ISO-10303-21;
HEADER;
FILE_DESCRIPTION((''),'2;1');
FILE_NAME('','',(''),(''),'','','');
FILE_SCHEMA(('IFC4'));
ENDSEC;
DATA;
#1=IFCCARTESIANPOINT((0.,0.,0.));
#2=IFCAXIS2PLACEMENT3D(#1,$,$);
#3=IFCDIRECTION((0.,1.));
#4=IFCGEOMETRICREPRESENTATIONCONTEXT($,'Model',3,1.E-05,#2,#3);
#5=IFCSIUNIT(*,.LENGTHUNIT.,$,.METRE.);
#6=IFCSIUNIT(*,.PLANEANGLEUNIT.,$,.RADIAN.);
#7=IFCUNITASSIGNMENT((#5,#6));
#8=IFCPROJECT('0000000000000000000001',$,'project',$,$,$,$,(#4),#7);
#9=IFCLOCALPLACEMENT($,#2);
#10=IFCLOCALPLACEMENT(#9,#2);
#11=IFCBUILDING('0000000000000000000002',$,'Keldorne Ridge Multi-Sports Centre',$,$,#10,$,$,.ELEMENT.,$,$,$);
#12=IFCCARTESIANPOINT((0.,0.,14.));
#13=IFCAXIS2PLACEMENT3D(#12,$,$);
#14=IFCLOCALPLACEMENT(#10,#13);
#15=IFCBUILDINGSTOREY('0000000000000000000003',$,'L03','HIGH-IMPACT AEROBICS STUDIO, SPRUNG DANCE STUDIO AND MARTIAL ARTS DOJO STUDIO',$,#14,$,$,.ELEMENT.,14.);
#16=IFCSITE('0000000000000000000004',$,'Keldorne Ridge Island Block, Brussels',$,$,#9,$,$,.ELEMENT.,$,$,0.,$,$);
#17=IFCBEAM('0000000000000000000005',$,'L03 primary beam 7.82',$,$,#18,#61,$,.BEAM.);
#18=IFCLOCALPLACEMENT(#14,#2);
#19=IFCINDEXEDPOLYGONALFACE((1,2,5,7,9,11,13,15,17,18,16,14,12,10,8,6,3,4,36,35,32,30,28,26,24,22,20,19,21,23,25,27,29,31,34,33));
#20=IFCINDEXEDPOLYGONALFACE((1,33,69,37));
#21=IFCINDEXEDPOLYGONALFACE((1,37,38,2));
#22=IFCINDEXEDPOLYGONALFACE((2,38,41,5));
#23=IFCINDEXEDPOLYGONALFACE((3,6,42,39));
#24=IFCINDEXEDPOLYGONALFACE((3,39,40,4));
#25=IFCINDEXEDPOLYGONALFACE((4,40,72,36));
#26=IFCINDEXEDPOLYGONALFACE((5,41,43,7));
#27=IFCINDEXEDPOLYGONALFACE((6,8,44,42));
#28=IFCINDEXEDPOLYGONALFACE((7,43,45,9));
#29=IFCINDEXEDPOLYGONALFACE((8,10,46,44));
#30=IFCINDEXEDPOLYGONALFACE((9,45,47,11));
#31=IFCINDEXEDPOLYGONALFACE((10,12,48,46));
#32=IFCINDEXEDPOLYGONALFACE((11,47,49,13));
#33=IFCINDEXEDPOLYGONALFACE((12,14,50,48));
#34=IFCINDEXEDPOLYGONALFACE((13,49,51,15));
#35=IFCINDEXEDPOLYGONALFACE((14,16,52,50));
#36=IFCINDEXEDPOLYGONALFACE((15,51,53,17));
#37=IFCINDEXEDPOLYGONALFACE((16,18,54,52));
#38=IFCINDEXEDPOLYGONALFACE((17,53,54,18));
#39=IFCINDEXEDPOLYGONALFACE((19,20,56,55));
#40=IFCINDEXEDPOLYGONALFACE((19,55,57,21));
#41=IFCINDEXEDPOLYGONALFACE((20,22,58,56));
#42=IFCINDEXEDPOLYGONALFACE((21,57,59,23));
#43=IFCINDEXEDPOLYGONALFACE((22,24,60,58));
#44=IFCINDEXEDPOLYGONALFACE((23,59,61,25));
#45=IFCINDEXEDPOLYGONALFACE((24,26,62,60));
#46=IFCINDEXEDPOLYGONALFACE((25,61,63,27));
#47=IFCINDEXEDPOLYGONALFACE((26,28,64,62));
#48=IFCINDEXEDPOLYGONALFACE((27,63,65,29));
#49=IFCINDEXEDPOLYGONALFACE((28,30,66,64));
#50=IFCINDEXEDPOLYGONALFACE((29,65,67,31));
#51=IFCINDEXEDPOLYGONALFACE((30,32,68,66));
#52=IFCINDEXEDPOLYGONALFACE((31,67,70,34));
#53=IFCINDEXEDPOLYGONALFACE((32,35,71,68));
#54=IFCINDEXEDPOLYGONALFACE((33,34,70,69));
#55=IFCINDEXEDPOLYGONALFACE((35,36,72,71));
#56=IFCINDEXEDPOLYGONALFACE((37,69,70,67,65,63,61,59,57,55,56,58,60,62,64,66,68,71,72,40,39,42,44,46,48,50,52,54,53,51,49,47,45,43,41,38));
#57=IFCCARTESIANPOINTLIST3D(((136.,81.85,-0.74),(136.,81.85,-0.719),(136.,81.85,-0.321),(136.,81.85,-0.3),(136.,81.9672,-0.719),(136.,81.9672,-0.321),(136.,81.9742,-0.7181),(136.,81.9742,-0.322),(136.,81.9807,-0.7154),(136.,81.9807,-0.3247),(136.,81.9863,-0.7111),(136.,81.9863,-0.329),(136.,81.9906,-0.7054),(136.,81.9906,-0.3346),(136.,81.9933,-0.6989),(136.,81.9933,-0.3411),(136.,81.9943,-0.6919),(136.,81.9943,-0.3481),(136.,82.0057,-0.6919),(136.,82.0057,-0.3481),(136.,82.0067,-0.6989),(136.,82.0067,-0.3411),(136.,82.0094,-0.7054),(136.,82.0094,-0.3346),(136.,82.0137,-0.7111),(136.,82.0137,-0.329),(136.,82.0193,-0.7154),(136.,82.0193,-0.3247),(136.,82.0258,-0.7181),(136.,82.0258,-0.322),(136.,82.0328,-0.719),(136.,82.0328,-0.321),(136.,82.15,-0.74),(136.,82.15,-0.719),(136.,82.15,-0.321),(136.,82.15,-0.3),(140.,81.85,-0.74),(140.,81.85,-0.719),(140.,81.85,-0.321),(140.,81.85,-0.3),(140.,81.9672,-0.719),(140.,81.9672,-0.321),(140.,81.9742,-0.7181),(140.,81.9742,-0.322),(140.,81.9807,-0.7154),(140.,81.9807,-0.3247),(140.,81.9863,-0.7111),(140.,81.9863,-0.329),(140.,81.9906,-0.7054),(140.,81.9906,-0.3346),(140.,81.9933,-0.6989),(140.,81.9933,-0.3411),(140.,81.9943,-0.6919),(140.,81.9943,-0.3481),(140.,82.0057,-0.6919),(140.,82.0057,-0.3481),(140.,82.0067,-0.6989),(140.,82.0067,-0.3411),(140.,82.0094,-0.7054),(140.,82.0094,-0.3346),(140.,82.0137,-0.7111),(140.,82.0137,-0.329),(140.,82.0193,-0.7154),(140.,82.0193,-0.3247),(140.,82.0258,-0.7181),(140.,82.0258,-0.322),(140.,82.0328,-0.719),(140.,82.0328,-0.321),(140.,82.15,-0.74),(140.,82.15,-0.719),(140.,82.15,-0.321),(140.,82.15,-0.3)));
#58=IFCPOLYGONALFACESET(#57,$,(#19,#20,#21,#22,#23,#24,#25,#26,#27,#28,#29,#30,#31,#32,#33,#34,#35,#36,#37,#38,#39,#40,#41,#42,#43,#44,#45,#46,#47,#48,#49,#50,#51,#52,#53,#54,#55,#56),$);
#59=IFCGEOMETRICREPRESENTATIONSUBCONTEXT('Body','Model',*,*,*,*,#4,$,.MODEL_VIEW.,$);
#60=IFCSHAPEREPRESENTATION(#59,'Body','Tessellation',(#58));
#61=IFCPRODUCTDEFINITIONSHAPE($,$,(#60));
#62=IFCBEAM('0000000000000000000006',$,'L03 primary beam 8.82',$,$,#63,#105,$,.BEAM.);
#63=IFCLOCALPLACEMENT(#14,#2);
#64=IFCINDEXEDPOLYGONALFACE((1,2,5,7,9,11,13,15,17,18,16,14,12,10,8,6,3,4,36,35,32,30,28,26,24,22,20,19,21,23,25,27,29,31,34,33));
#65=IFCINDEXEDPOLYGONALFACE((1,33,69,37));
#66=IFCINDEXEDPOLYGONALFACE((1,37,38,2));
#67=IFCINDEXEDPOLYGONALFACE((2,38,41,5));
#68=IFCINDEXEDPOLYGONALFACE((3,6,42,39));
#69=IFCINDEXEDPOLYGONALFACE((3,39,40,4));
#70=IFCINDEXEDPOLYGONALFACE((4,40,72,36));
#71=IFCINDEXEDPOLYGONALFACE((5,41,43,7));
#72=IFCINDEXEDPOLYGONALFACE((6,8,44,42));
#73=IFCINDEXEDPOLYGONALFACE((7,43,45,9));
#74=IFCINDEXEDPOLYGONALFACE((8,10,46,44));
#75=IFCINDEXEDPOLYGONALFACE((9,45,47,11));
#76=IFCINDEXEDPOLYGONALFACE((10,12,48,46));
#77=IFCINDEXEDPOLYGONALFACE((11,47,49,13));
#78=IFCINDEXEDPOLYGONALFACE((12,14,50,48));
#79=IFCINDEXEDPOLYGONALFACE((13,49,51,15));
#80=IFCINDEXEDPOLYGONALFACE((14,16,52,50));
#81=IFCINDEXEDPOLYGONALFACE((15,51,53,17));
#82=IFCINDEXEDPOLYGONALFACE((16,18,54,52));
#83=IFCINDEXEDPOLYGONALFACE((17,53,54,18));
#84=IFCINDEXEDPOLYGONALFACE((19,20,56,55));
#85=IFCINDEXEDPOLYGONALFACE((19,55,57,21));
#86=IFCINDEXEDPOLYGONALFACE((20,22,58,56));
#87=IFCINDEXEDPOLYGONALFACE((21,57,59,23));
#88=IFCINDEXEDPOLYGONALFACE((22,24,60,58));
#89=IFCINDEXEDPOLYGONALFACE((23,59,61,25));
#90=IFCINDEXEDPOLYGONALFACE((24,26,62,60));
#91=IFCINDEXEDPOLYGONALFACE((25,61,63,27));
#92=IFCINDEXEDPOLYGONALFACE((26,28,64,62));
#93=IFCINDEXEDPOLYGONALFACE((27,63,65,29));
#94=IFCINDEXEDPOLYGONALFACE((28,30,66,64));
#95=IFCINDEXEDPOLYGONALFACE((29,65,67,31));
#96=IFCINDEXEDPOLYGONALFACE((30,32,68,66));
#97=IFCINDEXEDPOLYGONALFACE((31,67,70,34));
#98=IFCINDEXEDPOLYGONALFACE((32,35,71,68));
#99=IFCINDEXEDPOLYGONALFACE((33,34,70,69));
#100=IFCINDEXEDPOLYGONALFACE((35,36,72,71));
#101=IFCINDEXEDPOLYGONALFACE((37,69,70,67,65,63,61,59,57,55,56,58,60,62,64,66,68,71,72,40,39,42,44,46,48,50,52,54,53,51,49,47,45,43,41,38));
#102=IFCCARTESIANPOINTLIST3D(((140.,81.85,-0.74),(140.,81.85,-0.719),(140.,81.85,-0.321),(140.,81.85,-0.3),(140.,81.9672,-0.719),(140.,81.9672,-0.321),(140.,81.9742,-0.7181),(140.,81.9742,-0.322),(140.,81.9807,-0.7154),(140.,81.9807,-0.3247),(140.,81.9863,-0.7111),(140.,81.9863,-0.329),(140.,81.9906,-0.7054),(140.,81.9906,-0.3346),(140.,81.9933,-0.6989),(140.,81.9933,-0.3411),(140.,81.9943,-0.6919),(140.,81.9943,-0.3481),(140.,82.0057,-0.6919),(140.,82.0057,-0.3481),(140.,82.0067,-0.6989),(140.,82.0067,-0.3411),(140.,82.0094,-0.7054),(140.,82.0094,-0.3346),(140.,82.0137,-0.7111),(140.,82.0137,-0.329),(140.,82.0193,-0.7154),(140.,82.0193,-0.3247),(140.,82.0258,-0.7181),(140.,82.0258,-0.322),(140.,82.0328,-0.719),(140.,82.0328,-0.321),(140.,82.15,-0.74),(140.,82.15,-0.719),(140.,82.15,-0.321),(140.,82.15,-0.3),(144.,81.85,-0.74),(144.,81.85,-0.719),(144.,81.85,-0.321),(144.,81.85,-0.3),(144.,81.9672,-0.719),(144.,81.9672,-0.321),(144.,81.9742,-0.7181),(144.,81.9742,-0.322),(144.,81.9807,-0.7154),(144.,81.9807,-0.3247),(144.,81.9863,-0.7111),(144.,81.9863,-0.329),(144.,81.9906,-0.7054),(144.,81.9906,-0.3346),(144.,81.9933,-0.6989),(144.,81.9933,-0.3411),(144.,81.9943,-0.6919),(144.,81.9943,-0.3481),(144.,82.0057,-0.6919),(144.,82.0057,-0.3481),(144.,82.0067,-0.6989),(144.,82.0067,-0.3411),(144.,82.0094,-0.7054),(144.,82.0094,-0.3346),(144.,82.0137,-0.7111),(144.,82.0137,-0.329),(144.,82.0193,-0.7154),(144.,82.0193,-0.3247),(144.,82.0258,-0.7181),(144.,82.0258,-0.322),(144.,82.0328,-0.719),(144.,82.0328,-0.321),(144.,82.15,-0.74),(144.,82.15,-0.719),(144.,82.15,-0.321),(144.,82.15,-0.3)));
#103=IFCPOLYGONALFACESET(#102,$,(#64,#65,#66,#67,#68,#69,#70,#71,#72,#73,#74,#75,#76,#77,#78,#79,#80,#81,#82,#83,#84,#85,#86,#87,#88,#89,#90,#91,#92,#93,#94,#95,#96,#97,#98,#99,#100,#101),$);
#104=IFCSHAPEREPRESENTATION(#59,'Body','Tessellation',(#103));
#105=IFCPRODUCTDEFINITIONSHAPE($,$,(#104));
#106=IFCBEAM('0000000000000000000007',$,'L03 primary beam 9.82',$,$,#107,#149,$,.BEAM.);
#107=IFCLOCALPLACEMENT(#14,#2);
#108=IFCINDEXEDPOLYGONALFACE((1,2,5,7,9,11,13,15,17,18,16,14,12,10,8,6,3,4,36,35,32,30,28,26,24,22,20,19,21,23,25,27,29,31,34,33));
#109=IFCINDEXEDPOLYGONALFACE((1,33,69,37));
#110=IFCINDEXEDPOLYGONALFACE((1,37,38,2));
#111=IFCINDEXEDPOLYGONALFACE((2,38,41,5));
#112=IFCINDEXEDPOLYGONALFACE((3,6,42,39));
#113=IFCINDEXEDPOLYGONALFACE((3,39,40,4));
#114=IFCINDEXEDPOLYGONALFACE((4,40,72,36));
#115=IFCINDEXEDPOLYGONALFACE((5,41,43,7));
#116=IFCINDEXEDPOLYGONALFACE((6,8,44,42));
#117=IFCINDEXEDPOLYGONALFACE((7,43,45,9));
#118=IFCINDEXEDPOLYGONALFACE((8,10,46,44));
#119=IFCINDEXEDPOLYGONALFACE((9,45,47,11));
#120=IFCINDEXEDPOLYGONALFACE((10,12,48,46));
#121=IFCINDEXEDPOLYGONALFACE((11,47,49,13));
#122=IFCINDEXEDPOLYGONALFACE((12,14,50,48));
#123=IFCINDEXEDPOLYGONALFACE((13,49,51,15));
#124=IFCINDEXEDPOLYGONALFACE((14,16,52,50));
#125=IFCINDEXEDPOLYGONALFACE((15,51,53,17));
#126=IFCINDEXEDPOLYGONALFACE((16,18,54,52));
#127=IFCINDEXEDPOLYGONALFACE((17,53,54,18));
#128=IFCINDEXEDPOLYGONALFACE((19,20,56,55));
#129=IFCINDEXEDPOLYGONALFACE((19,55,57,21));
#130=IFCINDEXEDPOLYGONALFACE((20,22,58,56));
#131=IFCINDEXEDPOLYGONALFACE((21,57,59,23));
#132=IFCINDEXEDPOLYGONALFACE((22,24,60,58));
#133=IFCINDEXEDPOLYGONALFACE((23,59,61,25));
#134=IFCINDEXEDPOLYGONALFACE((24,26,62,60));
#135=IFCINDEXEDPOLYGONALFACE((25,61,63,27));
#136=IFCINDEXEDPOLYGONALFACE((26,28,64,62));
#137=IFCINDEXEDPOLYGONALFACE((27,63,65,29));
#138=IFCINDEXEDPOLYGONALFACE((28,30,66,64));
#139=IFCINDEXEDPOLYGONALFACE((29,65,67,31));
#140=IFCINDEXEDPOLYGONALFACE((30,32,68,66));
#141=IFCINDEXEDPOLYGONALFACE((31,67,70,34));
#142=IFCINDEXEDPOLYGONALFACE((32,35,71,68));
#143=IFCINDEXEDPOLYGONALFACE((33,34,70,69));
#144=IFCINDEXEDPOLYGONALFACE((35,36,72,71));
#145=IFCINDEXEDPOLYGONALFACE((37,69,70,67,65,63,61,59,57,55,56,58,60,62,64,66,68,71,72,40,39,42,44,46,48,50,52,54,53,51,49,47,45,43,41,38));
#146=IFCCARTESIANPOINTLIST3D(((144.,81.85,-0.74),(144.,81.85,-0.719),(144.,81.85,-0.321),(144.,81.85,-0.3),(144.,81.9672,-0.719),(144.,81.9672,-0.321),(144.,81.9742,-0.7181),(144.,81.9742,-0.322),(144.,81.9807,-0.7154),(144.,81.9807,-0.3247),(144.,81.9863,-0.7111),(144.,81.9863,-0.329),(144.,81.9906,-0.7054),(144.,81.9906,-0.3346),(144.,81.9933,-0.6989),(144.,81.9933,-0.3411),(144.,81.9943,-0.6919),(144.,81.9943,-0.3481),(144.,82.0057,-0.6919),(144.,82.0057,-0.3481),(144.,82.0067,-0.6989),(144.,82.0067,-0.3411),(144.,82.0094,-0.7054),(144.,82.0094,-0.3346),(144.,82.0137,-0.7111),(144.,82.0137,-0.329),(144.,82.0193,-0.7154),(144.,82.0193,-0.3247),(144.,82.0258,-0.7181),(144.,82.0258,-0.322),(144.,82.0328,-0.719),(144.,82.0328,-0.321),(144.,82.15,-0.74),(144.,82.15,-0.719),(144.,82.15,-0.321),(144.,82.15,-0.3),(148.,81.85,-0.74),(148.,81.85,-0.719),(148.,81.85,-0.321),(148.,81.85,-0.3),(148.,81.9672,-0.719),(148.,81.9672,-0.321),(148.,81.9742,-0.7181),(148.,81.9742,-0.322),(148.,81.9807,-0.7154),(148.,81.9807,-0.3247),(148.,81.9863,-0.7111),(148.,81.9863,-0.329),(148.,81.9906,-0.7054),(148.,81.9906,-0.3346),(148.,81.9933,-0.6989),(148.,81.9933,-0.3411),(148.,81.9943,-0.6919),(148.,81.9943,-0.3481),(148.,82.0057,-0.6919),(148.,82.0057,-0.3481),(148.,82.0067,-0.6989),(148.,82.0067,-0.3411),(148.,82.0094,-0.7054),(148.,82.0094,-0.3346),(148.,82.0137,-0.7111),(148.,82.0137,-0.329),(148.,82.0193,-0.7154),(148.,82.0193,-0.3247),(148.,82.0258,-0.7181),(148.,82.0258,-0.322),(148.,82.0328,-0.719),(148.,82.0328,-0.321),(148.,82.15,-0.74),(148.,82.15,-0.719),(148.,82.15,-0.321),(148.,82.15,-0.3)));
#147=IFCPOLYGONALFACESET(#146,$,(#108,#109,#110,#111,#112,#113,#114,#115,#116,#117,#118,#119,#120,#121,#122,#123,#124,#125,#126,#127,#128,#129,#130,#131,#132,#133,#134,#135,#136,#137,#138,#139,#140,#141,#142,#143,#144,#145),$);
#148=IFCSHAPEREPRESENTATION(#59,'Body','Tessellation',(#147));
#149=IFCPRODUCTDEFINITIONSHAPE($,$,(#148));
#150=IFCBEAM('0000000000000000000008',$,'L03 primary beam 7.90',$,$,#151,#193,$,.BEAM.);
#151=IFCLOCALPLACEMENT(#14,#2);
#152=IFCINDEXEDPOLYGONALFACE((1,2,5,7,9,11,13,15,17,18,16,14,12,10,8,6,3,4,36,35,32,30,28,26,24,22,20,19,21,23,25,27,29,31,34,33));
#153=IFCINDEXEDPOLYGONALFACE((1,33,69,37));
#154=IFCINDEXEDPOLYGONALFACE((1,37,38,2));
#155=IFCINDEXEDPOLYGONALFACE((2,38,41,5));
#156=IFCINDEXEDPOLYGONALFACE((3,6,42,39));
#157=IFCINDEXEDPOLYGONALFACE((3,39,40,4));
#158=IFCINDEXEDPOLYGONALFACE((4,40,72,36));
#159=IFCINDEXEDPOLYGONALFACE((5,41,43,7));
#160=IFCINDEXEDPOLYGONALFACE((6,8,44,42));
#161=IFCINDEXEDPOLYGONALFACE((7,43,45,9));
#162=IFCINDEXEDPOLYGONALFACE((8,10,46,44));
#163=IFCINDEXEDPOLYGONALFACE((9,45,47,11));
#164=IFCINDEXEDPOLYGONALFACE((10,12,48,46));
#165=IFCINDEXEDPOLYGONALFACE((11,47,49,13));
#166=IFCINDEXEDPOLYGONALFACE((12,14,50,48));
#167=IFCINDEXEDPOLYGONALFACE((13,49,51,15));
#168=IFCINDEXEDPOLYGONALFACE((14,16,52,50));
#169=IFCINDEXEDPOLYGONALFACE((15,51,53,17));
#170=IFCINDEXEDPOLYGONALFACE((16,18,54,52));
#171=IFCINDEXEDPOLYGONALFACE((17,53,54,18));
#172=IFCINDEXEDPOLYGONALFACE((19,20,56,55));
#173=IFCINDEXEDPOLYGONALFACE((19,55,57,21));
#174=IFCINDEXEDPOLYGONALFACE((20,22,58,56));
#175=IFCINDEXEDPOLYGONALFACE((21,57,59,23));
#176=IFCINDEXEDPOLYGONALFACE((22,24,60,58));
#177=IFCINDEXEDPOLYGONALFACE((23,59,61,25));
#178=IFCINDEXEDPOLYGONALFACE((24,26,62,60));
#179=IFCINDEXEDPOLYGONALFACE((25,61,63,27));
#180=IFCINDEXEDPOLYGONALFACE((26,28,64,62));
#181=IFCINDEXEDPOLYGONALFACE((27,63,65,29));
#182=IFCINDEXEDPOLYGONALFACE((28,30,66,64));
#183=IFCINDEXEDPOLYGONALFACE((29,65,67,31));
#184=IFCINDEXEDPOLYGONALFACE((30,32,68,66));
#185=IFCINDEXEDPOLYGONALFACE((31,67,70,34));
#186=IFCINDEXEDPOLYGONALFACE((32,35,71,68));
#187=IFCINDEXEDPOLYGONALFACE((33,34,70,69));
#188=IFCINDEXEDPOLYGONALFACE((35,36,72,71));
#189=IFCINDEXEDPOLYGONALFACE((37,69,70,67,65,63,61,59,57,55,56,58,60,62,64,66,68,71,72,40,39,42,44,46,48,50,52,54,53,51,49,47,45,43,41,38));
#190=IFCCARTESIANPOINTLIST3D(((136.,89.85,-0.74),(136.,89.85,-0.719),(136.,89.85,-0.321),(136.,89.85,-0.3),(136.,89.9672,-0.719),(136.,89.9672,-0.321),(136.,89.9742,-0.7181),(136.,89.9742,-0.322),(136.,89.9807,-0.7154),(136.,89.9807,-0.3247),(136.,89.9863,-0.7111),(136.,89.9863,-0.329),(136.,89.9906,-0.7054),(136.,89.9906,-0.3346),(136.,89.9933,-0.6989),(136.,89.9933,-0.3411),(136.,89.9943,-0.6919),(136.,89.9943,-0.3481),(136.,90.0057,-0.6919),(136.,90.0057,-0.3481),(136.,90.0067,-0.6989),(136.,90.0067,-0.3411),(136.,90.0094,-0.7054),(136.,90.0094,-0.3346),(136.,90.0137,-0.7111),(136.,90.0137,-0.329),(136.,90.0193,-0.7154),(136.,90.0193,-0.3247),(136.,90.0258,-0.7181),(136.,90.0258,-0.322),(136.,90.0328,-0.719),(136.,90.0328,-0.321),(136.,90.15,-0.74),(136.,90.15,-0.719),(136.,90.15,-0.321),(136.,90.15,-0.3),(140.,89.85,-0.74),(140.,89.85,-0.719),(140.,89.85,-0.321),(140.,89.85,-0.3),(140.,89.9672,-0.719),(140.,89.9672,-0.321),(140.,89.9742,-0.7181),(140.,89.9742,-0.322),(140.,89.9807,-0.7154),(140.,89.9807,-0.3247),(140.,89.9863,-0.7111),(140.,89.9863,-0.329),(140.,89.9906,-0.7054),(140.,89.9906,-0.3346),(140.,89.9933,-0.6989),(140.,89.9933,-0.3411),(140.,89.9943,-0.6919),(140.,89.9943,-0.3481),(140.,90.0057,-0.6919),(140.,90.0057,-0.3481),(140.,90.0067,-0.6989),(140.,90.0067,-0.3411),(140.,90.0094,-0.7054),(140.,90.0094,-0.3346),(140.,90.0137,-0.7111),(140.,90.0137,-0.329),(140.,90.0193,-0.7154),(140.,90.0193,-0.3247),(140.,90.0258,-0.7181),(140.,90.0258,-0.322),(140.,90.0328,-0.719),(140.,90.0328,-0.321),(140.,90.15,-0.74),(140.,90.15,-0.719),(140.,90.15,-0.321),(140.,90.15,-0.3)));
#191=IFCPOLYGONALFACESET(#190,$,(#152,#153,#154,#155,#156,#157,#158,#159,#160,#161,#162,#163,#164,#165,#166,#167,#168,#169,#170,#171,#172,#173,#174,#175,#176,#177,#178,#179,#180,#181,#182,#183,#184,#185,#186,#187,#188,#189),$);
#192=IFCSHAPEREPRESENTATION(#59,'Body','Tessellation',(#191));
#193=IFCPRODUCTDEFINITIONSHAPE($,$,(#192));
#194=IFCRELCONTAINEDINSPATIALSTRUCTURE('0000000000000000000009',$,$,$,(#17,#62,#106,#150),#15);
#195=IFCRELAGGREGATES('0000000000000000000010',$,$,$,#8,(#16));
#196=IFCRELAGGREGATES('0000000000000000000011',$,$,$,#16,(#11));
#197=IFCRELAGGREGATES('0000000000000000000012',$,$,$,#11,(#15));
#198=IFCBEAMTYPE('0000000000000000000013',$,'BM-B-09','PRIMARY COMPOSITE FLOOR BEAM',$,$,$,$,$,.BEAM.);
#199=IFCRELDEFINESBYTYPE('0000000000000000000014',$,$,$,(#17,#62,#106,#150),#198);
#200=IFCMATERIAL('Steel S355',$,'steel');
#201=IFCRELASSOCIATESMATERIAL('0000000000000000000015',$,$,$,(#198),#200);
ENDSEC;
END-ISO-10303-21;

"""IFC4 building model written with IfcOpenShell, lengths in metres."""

from ifc_helpers import new_model, si_unit, direction, frame, origin, origin_2d, place, context, subcontext, project, spatial, i_section, extrude, material, material_profile, profile_set, type_object, element, save


model = new_model("IFC4")

# Units and contexts
model_context = context("Model", 3, precision=1e-05, world=origin(), true_north=direction((0.0, 1.0)))
body_context = subcontext(model_context, "Body", "Model", "MODEL_VIEW")
ifc_project = project(units=[si_unit("LENGTHUNIT", "METRE"), si_unit("PLANEANGLEUNIT", "RADIAN")], contexts=[model_context])

# Site, building, storey
site_placement = place(None, origin())
site = spatial("IfcSite", under=ifc_project, at=site_placement, Name="Keldorne Ridge Island Block, Brussels", CompositionType="ELEMENT", RefElevation=0.0)
building_placement = place(site_placement, origin())
building = spatial("IfcBuilding", under=site, at=building_placement, Name="Keldorne Ridge Multi-Sports Centre", CompositionType="ELEMENT")
storey_placement = place(building_placement, frame((0.0, 0.0, 14.0)))
storey = spatial("IfcBuildingStorey", under=building, at=storey_placement, Name="L03", Description="HIGH-IMPACT AEROBICS STUDIO, SPRUNG DANCE STUDIO AND MARTIAL ARTS DOJO STUDIO", CompositionType="ELEMENT", Elevation=14.0)

# Shared definitions
ifc_material_1 = material(Name="Steel S355", Category="steel")

# Beams
ifc_material_profile_1 = material_profile(ifc_material_1, i_section(OverallWidth=0.3, OverallDepth=0.4399, WebThickness=0.0115, FlangeThickness=0.021, FilletRadius=0.0271, at=origin_2d()), Name="HEA 450")
ifc_profile_set_1 = profile_set([ifc_material_profile_1], Name="Steel S355")
beam_type_1 = type_object("IfcBeamType", Name="BM-B-09", Description="PRIMARY COMPOSITE FLOOR BEAM", PredefinedType="BEAM", material=ifc_profile_set_1)
for number, where, z_axis, x_axis, name in (
    (1, (136.0, 82.0, -0.52), (1.0, 0.0, 0.0), (0.0, 1.0, 0.0), "L03 primary beam 7.82"),
    (2, (140.0, 82.0, -0.52), (1.0, 0.0, 0.0), (0.0, 1.0, 0.0), "L03 primary beam 8.82"),
    (3, (144.0, 82.0, -0.52), (1.0, 0.0, 0.0), (0.0, 1.0, 0.0), "L03 primary beam 9.82"),
    (4, (136.0, 90.0, -0.52), (1.0, 0.0, 0.0), (0.0, 1.0, 0.0), "L03 primary beam 7.90"),
):
    element("IfcBeam", number, at=place(storey_placement, frame(where, z_axis=z_axis, x_axis=x_axis)), inside=storey, type_object=beam_type_1, Name=name, PredefinedType="BEAM", context=body_context, shape_type="SweptSolid", body=[
        extrude(i_section(OverallWidth=0.3, OverallDepth=0.4399, WebThickness=0.0115, FlangeThickness=0.021, FilletRadius=0.0271, at=origin_2d()), origin(), (0.0, 0.0, 1.0), 4.0),
    ])

save(model, "model.ifc")
